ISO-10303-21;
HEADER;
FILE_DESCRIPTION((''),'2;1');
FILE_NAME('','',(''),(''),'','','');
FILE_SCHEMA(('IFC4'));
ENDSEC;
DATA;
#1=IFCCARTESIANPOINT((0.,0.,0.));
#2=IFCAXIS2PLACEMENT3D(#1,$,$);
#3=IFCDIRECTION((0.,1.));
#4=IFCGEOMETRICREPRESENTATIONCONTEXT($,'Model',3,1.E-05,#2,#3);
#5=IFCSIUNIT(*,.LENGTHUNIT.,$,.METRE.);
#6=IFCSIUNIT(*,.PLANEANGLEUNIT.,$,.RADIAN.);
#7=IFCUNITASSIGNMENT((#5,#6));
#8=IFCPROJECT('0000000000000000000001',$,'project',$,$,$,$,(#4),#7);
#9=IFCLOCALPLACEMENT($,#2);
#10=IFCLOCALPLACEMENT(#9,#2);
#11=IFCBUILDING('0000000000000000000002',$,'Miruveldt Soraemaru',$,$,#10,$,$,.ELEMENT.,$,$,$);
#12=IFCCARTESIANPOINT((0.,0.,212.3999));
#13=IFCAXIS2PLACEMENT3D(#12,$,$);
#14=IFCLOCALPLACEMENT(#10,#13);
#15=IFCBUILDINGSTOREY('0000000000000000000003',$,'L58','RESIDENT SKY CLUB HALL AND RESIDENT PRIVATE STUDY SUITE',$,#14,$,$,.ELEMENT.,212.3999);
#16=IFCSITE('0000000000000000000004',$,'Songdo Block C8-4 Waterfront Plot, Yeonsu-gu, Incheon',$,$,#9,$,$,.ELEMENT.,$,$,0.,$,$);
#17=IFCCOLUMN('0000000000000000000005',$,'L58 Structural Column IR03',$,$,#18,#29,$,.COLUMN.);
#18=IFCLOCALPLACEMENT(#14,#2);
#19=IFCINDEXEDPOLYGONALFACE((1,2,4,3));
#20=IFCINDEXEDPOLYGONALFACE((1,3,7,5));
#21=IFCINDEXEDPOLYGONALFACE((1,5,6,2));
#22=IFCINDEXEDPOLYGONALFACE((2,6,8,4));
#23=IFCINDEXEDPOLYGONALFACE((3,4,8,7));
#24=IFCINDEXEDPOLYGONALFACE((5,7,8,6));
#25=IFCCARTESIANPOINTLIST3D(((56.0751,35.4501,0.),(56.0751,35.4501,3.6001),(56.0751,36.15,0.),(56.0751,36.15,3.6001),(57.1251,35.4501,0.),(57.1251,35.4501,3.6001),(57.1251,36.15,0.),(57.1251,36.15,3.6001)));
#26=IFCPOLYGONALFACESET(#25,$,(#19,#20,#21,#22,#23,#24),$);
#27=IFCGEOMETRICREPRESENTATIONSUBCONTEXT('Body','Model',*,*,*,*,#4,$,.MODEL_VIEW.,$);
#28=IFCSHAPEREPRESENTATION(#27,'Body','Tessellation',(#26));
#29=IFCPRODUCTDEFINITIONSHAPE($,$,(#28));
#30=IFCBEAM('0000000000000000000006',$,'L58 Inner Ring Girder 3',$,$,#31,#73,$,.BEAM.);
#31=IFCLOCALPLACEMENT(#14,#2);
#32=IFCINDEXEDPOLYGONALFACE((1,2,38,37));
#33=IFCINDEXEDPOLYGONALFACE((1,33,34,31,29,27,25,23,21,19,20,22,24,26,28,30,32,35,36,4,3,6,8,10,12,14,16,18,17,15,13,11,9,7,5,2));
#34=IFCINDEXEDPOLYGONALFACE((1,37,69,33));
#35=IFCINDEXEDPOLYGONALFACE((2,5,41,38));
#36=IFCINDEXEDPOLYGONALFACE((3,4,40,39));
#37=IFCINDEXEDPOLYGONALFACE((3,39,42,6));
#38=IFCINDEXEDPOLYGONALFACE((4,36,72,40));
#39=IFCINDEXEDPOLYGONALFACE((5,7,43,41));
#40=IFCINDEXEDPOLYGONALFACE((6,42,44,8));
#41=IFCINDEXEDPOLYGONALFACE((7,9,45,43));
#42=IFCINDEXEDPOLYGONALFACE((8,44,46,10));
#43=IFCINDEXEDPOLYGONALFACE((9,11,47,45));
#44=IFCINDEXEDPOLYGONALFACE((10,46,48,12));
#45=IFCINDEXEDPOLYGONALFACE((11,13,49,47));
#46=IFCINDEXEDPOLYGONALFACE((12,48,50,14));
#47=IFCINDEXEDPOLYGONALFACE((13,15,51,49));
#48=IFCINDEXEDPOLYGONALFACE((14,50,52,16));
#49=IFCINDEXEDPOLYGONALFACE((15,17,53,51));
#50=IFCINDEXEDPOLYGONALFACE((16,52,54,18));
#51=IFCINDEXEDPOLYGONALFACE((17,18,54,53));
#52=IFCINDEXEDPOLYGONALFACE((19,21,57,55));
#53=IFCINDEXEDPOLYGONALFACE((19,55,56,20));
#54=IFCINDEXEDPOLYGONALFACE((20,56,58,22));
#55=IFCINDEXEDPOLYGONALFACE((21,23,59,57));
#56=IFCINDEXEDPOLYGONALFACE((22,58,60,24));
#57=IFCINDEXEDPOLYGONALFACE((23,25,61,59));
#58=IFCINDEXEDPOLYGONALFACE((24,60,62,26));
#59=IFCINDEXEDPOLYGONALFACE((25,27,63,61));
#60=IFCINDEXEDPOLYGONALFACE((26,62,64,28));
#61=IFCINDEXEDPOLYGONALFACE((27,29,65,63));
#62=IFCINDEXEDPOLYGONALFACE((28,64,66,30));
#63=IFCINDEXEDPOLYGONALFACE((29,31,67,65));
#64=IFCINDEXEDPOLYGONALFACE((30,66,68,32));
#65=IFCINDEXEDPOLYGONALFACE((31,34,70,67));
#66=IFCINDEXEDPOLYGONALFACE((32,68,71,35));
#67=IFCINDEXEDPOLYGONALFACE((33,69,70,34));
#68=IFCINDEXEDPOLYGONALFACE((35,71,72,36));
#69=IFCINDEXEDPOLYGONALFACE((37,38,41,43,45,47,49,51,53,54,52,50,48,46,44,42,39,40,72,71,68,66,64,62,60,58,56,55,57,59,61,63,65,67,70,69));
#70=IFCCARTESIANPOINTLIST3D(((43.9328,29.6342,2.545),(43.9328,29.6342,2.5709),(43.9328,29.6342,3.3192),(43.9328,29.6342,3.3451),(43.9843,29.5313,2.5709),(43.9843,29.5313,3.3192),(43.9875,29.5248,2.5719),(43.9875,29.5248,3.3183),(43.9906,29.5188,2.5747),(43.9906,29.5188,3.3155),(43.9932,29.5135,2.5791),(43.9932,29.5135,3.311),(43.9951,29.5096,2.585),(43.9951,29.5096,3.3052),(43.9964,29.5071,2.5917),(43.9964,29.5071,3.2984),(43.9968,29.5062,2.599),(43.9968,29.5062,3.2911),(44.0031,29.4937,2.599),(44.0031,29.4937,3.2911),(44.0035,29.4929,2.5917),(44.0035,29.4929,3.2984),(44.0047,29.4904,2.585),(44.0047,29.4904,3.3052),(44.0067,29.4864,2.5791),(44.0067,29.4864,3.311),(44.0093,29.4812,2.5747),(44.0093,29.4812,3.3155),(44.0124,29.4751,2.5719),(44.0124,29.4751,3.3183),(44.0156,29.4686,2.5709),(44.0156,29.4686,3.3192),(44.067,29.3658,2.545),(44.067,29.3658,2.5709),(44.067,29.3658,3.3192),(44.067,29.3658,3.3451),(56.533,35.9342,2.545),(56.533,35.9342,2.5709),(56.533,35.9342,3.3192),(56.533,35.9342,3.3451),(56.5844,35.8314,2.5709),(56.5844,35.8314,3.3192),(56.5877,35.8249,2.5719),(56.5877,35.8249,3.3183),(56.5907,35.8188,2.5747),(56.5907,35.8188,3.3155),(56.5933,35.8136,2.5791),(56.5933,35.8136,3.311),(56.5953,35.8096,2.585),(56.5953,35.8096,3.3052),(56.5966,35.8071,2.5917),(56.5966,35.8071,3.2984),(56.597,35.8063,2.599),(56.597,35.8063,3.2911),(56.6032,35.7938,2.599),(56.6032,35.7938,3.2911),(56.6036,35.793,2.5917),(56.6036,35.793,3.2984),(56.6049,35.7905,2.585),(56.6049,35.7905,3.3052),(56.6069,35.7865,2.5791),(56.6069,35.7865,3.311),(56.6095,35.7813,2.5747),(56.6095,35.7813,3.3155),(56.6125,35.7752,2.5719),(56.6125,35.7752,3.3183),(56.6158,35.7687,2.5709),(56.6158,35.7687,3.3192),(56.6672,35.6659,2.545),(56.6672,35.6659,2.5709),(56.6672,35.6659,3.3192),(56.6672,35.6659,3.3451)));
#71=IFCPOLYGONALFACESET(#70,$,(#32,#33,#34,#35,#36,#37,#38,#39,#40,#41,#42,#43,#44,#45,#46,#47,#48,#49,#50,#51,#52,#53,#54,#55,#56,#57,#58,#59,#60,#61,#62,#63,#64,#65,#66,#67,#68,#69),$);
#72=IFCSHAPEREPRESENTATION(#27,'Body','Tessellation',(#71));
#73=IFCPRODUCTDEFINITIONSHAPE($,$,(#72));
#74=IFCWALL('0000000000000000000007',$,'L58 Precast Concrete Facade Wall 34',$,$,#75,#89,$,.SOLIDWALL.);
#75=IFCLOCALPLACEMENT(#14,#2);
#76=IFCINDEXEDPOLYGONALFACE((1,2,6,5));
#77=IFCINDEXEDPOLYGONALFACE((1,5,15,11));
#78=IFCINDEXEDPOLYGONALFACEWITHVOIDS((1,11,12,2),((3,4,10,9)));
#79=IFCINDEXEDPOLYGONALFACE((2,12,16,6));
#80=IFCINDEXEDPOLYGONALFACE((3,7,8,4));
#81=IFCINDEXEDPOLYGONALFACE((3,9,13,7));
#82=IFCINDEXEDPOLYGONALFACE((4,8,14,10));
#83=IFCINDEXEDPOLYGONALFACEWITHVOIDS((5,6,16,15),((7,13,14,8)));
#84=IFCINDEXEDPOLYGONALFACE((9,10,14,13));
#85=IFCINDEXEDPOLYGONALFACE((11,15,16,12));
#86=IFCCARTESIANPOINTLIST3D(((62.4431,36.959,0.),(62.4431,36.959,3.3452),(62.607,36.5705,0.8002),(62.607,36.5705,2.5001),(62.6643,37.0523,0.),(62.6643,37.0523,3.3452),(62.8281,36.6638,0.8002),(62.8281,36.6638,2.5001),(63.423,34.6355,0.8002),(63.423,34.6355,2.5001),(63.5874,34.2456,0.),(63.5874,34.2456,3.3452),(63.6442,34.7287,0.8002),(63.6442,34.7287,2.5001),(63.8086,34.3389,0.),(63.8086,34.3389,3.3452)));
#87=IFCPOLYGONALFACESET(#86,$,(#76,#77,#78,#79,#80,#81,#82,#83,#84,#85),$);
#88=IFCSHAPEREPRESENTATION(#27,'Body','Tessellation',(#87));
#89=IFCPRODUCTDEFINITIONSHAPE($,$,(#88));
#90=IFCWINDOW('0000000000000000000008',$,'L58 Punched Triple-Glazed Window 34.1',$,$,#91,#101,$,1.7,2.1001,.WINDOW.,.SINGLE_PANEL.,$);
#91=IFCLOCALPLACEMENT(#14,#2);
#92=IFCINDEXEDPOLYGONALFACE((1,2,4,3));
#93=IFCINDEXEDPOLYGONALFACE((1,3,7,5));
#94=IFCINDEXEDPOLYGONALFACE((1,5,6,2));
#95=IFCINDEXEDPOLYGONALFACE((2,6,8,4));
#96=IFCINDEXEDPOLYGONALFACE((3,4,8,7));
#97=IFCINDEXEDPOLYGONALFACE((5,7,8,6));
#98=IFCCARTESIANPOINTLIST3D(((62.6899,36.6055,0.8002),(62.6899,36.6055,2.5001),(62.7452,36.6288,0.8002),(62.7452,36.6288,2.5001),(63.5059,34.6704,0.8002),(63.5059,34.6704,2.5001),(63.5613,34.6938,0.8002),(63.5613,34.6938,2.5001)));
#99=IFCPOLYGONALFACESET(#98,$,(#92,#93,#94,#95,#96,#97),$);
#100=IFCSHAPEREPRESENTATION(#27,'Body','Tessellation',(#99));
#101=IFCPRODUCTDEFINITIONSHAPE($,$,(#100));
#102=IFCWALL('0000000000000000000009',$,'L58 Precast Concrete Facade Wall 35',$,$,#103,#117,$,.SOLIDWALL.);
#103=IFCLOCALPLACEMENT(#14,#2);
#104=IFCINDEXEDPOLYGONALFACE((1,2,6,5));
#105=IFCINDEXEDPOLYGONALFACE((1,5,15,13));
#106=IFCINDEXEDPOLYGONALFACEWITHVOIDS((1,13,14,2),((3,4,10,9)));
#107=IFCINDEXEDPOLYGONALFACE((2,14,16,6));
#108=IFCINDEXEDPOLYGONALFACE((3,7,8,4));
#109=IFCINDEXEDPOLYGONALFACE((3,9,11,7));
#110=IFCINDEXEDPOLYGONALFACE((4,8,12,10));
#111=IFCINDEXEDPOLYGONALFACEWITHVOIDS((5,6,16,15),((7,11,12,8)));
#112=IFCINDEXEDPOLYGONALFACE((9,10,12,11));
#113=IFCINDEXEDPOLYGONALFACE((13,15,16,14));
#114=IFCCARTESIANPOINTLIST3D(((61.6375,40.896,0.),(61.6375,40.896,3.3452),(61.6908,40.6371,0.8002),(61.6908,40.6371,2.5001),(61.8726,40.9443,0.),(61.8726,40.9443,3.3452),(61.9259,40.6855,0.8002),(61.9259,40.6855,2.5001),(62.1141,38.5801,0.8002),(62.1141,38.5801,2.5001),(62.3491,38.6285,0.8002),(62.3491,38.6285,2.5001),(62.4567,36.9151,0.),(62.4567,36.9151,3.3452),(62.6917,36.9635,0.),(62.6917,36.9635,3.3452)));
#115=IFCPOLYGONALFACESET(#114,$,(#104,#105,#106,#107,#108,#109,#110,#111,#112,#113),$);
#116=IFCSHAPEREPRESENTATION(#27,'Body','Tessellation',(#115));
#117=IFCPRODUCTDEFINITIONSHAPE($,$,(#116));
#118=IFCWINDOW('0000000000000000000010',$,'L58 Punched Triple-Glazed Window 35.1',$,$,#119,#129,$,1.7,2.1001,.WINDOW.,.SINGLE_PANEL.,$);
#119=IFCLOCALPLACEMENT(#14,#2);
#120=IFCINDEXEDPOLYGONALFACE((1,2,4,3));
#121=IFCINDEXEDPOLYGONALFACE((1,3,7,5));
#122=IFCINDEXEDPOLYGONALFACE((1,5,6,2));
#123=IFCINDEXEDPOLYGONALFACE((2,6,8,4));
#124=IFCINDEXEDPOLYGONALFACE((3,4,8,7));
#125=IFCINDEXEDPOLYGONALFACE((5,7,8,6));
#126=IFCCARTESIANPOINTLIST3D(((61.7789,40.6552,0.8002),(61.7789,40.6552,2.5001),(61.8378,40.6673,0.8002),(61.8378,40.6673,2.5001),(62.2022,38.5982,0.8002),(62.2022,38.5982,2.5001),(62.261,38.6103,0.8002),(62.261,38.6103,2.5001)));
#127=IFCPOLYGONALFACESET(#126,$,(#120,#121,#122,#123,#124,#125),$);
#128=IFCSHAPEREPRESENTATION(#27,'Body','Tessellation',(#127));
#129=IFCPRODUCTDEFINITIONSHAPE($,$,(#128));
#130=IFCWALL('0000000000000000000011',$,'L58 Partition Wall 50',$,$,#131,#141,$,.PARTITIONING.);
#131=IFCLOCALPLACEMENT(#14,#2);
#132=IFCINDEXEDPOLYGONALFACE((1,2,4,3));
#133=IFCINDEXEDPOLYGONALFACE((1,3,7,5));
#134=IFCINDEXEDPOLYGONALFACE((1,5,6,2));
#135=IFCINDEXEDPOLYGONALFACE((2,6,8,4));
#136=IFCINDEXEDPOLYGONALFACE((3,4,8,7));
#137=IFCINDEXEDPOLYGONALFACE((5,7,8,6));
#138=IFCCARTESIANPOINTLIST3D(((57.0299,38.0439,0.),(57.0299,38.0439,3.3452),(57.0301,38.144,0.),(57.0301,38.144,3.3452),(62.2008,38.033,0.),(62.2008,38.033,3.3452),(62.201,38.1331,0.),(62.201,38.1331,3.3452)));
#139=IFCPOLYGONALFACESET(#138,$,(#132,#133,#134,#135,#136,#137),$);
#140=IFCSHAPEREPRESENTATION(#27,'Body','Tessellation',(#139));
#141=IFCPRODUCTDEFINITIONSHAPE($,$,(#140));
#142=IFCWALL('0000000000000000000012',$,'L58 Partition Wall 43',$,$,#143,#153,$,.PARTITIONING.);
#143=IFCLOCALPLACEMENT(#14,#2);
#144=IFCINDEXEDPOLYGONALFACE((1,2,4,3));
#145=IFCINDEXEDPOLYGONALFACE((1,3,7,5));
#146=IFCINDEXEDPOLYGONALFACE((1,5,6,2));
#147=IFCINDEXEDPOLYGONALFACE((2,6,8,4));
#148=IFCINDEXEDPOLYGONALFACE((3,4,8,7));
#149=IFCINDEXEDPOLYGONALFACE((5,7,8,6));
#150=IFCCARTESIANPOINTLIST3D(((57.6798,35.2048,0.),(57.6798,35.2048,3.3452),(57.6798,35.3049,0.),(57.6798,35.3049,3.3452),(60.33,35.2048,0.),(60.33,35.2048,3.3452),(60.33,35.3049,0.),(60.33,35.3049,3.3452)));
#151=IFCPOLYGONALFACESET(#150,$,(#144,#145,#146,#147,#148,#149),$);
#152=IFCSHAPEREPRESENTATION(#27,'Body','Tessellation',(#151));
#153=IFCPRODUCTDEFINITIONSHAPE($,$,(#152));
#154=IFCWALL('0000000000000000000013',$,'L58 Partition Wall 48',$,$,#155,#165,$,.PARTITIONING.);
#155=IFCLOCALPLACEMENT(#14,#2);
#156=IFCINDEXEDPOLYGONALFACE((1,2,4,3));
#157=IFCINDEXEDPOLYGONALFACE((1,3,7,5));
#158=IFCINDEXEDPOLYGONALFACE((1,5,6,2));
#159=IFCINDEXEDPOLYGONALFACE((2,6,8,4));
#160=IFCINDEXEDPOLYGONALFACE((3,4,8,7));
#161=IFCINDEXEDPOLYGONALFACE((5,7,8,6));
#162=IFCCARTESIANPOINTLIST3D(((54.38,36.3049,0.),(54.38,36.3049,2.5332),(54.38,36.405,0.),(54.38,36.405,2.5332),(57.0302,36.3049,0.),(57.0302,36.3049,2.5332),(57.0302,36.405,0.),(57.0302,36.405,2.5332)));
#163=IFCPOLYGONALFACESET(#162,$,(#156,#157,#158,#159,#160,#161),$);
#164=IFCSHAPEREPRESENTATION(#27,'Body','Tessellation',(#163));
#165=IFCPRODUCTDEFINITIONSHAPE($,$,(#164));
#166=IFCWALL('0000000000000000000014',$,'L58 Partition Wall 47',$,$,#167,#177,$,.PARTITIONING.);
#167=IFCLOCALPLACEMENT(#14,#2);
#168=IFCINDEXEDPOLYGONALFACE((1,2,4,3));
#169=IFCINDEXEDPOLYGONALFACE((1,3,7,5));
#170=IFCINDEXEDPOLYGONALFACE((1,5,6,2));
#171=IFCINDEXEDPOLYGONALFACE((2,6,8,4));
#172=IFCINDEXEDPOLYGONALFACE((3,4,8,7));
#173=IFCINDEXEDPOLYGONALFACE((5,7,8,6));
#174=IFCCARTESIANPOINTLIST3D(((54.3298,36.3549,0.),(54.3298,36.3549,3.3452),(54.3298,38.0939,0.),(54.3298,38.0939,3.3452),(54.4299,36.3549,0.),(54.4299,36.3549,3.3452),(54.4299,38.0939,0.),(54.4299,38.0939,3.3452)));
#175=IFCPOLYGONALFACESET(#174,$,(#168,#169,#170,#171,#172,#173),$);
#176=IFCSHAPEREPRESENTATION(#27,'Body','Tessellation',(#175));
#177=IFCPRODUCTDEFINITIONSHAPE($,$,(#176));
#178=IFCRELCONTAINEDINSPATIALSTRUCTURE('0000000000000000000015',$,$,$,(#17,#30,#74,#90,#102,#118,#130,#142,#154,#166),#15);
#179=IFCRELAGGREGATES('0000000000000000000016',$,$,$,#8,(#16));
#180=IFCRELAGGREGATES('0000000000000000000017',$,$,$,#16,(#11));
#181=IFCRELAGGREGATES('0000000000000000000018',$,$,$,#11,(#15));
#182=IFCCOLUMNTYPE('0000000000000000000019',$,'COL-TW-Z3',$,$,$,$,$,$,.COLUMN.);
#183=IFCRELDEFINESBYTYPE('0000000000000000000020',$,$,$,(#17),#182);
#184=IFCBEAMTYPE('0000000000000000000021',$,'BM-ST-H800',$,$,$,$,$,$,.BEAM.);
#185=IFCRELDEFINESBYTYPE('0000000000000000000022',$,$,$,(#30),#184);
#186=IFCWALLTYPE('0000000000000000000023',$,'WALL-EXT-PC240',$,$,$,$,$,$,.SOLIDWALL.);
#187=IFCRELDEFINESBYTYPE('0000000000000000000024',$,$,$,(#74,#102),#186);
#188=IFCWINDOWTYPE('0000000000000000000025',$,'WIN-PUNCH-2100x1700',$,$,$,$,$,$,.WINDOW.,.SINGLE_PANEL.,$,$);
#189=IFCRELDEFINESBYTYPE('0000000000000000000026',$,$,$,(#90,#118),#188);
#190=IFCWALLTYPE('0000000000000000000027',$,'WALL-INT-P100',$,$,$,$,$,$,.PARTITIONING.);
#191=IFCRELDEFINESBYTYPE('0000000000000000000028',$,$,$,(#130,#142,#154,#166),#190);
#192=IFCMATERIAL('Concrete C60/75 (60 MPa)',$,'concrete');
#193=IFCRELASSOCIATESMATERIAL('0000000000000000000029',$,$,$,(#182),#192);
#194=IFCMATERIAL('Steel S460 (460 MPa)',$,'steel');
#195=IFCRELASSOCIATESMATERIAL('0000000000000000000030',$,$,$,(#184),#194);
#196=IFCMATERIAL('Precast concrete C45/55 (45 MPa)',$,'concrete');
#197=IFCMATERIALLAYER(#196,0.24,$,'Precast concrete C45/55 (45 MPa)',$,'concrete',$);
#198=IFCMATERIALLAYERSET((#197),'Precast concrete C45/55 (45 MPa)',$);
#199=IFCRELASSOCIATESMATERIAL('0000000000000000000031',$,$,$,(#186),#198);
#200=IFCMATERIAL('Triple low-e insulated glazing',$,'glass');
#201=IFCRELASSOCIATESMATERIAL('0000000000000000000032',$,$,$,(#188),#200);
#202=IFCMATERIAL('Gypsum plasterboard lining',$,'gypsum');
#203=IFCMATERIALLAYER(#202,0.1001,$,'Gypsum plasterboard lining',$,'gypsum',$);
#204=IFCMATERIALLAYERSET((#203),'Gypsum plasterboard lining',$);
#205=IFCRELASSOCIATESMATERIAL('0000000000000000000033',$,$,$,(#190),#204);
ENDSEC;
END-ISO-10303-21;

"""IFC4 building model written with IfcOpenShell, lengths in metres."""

from ifc_helpers import new_model, si_unit, direction, frame, frame_2d, origin, origin_2d, place, context, subcontext, project, spatial, rectangle, i_section, extrude, material, layer, layer_set, material_profile, profile_set, type_object, element, fill, save


model = new_model("IFC4")

# Units and contexts
model_context = context("Model", 3, precision=1e-05, world=origin(), true_north=direction((0.0, 1.0)))
body_context = subcontext(model_context, "Body", "Model", "MODEL_VIEW")
ifc_project = project(units=[si_unit("LENGTHUNIT", "METRE"), si_unit("PLANEANGLEUNIT", "RADIAN")], contexts=[model_context])

# Site, building, storey
site_placement = place(None, origin())
site = spatial("IfcSite", under=ifc_project, at=site_placement, Name="Songdo Block C8-4 Waterfront Plot, Yeonsu-gu, Incheon", CompositionType="ELEMENT", RefElevation=0.0)
building_placement = place(site_placement, origin())
building = spatial("IfcBuilding", under=site, at=building_placement, Name="Miruveldt Soraemaru", CompositionType="ELEMENT")
storey_placement = place(building_placement, frame((0.0, 0.0, 212.3999)))
storey = spatial("IfcBuildingStorey", under=building, at=storey_placement, Name="L58", Description="RESIDENT SKY CLUB HALL AND RESIDENT PRIVATE STUDY SUITE", CompositionType="ELEMENT", Elevation=212.3999)

# Column
ifc_material_1 = material(Name="Concrete C60/75 (60 MPa)", Category="concrete")
ifc_material_profile_1 = material_profile(ifc_material_1, rectangle(XDim=1.05, YDim=0.7, at=origin_2d()), Name="Concrete C60/75 (60 MPa)", Category="concrete")
ifc_profile_set_1 = profile_set([ifc_material_profile_1], Name="Concrete C60/75 (60 MPa)")
column_type = type_object("IfcColumnType", Name="COL-TW-Z3", PredefinedType="COLUMN", material=ifc_profile_set_1)
column_placement = place(storey_placement, frame((56.6001, 35.8, 0.0), z_axis=(0.0, 0.0, 1.0), x_axis=(1.0, 0.0, 0.0)))
element("IfcColumn", 1, at=column_placement, inside=storey, type_object=column_type, Name="L58 Structural Column IR03", PredefinedType="COLUMN", context=body_context, shape_type="SweptSolid", body=[
    extrude(rectangle(XDim=1.05, YDim=0.7, at=origin_2d()), origin(), (0.0, 0.0, 1.0), 3.6001),
])

# Beam
ifc_material_2 = material(Name="Steel S460 (460 MPa)", Category="steel")
ifc_material_profile_2 = material_profile(ifc_material_2, i_section(OverallWidth=0.3, OverallDepth=0.8, WebThickness=0.0139, FlangeThickness=0.0259, FilletRadius=0.0281, at=origin_2d()), Name="Steel S460 (460 MPa)", Category="steel")
ifc_profile_set_2 = profile_set([ifc_material_profile_2], Name="Steel S460 (460 MPa)")
beam_type = type_object("IfcBeamType", Name="BM-ST-H800", PredefinedType="BEAM", material=ifc_profile_set_2)
beam_placement = place(storey_placement, frame((56.6001, 35.8, 2.9451), z_axis=(-0.894427, -0.447214, 0.0), x_axis=(0.447214, -0.894427, 0.0)))
element("IfcBeam", 2, at=beam_placement, inside=storey, type_object=beam_type, Name="L58 Inner Ring Girder 3", PredefinedType="BEAM", context=body_context, shape_type="SweptSolid", body=[
    extrude(i_section(OverallWidth=0.3, OverallDepth=0.8, WebThickness=0.0139, FlangeThickness=0.0259, FilletRadius=0.0281, at=origin_2d()), origin(), (0.0, 0.0, 1.0), 14.0874),
])

# Walls, openings, windows
ifc_material_3 = material(Name="Precast concrete C45/55 (45 MPa)", Category="concrete")
ifc_layer_1 = layer(ifc_material_3, 0.24, Name="Precast concrete C45/55 (45 MPa)", Category="concrete")
ifc_layer_set_1 = layer_set([ifc_layer_1], Name="Precast concrete C45/55 (45 MPa)")
wall_type_1 = type_object("IfcWallType", Name="WALL-EXT-PC240", PredefinedType="SOLIDWALL", material=ifc_layer_set_1)
wall_1_placement = place(storey_placement, frame((63.698, 34.2922, 0.0), z_axis=(0.0, 0.0, 1.0), x_axis=(-0.38858, 0.921415, 0.0)))
wall_1 = element("IfcWall", 3, at=wall_1_placement, inside=storey, type_object=wall_type_1, Name="L58 Precast Concrete Facade Wall 34", PredefinedType="SOLIDWALL", context=body_context, shape_type="SweptSolid", body=[
    extrude(rectangle(XDim=2.9448, YDim=0.24, at=frame_2d((1.4724, 0.0))), origin(), (0.0, 0.0, 1.0), 3.3452),
])
opening_1_placement = place(wall_1_placement, frame((0.4231, 0.0, 0.8)))
opening_1 = element("IfcOpeningElement", 4, at=opening_1_placement, cuts=wall_1, PredefinedType="OPENING", context=body_context, shape_type="SweptSolid", body=[
    extrude(rectangle(XDim=2.1001, YDim=1.7, at=frame_2d((1.05, 0.8501))), frame((0.0, 0.1299, 0.0), z_axis=(0.0, -1.0, 0.0), x_axis=(1.0, 0.0, 0.0)), (0.0, 0.0, 1.0), 0.26),
])
ifc_material_4 = material(Name="Triple low-e insulated glazing", Category="glass")
window_type = type_object("IfcWindowType", Name="WIN-PUNCH-2100x1700", PartitioningType="SINGLE_PANEL", PredefinedType="WINDOW", material=ifc_material_4)
window_1_placement = place(opening_1_placement, origin())
window_1 = element("IfcWindow", 5, at=window_1_placement, inside=storey, type_object=window_type, Name="L58 Punched Triple-Glazed Window 34.1", OverallHeight=1.7, OverallWidth=2.1001, PartitioningType="SINGLE_PANEL", PredefinedType="WINDOW", context=body_context, shape_type="SweptSolid", body=[
    extrude(rectangle(XDim=2.1001, YDim=1.7, at=frame_2d((1.05, 0.8501))), frame((0.0, 0.03, 0.0), z_axis=(0.0, -1.0, 0.0), x_axis=(1.0, 0.0, 0.0)), (0.0, 0.0, 1.0), 0.0601),
])
fill(opening_1, window_1)
wall_2_placement = place(storey_placement, frame((62.5742, 36.9392, 0.0), z_axis=(0.0, 0.0, 1.0), x_axis=(-0.201543, 0.97948, 0.0)))
wall_2 = element("IfcWall", 6, at=wall_2_placement, inside=storey, type_object=wall_type_1, Name="L58 Precast Concrete Facade Wall 35", PredefinedType="SOLIDWALL", context=body_context, shape_type="SweptSolid", body=[
    extrude(rectangle(XDim=4.0642, YDim=0.24, at=frame_2d((2.0322, 0.0))), origin(), (0.0, 0.0, 1.0), 3.3452),
])
opening_2_placement = place(wall_2_placement, frame((1.7, 0.0, 0.8)))
opening_2 = element("IfcOpeningElement", 7, at=opening_2_placement, cuts=wall_2, PredefinedType="OPENING", context=body_context, shape_type="SweptSolid", body=[
    extrude(rectangle(XDim=2.1001, YDim=1.7, at=frame_2d((1.05, 0.8501))), frame((0.0, 0.1299, 0.0), z_axis=(0.0, -1.0, 0.0), x_axis=(1.0, 0.0, 0.0)), (0.0, 0.0, 1.0), 0.26),
])
window_2_placement = place(opening_2_placement, origin())
window_2 = element("IfcWindow", 8, at=window_2_placement, inside=storey, type_object=window_type, Name="L58 Punched Triple-Glazed Window 35.1", OverallHeight=1.7, OverallWidth=2.1001, PartitioningType="SINGLE_PANEL", PredefinedType="WINDOW", context=body_context, shape_type="SweptSolid", body=[
    extrude(rectangle(XDim=2.1001, YDim=1.7, at=frame_2d((1.05, 0.8501))), frame((0.0, 0.03, 0.0), z_axis=(0.0, -1.0, 0.0), x_axis=(1.0, 0.0, 0.0)), (0.0, 0.0, 1.0), 0.0601),
])
fill(opening_2, window_2)

# Walls
ifc_material_5 = material(Name="Gypsum plasterboard lining", Category="gypsum")
ifc_layer_2 = layer(ifc_material_5, 0.1001, Name="Gypsum plasterboard lining", Category="gypsum")
ifc_layer_set_2 = layer_set([ifc_layer_2], Name="Gypsum plasterboard lining")
wall_type_2 = type_object("IfcWallType", Name="WALL-INT-P100", PredefinedType="PARTITIONING", material=ifc_layer_set_2)
wall_3_placement = place(storey_placement, frame((57.03, 38.094, 0.0), z_axis=(0.0, 0.0, 1.0), x_axis=(0.999998, -0.002125, 0.0)))
element("IfcWall", 9, at=wall_3_placement, inside=storey, type_object=wall_type_2, Name="L58 Partition Wall 50", PredefinedType="PARTITIONING", context=body_context, shape_type="SweptSolid", body=[
    extrude(rectangle(XDim=5.1709, YDim=0.1001, at=frame_2d((2.5854, 0.0))), origin(), (0.0, 0.0, 1.0), 3.3452),
])
wall_4_placement = place(storey_placement, frame((60.3301, 35.2549, 0.0), z_axis=(0.0, 0.0, 1.0), x_axis=(-1.0, 0.0, 0.0)))
element("IfcWall", 10, at=wall_4_placement, inside=storey, type_object=wall_type_2, Name="L58 Partition Wall 43", PredefinedType="PARTITIONING", context=body_context, shape_type="SweptSolid", body=[
    extrude(rectangle(XDim=2.6501, YDim=0.1001, at=frame_2d((1.3252, 0.0))), origin(), (0.0, 0.0, 1.0), 3.3452),
])
wall_5_placement = place(storey_placement, frame((54.3799, 36.355, 0.0), z_axis=(0.0, 0.0, 1.0), x_axis=(1.0, 0.0, 0.0)))
element("IfcWall", 11, at=wall_5_placement, inside=storey, type_object=wall_type_2, Name="L58 Partition Wall 48", PredefinedType="PARTITIONING", context=body_context, shape_type="SweptSolid", body=[
    extrude(rectangle(XDim=2.6501, YDim=0.1001, at=frame_2d((1.3252, 0.0))), origin(), (0.0, 0.0, 1.0), 2.5332),
])
for number, where, z_axis, x_axis, name in (
    (12, (54.3799, 38.094, 0.0), (0.0, 0.0, 1.0), (0.0, -1.0, 0.0), "L58 Partition Wall 47"),
):
    element("IfcWall", number, at=place(storey_placement, frame(where, z_axis=z_axis, x_axis=x_axis)), inside=storey, type_object=wall_type_2, Name=name, PredefinedType="PARTITIONING", context=body_context, shape_type="SweptSolid", body=[
        extrude(rectangle(XDim=1.739, YDim=0.1001, at=frame_2d((0.8696, 0.0))), origin(), (0.0, 0.0, 1.0), 3.3452),
    ])

save(model, "model.ifc")
